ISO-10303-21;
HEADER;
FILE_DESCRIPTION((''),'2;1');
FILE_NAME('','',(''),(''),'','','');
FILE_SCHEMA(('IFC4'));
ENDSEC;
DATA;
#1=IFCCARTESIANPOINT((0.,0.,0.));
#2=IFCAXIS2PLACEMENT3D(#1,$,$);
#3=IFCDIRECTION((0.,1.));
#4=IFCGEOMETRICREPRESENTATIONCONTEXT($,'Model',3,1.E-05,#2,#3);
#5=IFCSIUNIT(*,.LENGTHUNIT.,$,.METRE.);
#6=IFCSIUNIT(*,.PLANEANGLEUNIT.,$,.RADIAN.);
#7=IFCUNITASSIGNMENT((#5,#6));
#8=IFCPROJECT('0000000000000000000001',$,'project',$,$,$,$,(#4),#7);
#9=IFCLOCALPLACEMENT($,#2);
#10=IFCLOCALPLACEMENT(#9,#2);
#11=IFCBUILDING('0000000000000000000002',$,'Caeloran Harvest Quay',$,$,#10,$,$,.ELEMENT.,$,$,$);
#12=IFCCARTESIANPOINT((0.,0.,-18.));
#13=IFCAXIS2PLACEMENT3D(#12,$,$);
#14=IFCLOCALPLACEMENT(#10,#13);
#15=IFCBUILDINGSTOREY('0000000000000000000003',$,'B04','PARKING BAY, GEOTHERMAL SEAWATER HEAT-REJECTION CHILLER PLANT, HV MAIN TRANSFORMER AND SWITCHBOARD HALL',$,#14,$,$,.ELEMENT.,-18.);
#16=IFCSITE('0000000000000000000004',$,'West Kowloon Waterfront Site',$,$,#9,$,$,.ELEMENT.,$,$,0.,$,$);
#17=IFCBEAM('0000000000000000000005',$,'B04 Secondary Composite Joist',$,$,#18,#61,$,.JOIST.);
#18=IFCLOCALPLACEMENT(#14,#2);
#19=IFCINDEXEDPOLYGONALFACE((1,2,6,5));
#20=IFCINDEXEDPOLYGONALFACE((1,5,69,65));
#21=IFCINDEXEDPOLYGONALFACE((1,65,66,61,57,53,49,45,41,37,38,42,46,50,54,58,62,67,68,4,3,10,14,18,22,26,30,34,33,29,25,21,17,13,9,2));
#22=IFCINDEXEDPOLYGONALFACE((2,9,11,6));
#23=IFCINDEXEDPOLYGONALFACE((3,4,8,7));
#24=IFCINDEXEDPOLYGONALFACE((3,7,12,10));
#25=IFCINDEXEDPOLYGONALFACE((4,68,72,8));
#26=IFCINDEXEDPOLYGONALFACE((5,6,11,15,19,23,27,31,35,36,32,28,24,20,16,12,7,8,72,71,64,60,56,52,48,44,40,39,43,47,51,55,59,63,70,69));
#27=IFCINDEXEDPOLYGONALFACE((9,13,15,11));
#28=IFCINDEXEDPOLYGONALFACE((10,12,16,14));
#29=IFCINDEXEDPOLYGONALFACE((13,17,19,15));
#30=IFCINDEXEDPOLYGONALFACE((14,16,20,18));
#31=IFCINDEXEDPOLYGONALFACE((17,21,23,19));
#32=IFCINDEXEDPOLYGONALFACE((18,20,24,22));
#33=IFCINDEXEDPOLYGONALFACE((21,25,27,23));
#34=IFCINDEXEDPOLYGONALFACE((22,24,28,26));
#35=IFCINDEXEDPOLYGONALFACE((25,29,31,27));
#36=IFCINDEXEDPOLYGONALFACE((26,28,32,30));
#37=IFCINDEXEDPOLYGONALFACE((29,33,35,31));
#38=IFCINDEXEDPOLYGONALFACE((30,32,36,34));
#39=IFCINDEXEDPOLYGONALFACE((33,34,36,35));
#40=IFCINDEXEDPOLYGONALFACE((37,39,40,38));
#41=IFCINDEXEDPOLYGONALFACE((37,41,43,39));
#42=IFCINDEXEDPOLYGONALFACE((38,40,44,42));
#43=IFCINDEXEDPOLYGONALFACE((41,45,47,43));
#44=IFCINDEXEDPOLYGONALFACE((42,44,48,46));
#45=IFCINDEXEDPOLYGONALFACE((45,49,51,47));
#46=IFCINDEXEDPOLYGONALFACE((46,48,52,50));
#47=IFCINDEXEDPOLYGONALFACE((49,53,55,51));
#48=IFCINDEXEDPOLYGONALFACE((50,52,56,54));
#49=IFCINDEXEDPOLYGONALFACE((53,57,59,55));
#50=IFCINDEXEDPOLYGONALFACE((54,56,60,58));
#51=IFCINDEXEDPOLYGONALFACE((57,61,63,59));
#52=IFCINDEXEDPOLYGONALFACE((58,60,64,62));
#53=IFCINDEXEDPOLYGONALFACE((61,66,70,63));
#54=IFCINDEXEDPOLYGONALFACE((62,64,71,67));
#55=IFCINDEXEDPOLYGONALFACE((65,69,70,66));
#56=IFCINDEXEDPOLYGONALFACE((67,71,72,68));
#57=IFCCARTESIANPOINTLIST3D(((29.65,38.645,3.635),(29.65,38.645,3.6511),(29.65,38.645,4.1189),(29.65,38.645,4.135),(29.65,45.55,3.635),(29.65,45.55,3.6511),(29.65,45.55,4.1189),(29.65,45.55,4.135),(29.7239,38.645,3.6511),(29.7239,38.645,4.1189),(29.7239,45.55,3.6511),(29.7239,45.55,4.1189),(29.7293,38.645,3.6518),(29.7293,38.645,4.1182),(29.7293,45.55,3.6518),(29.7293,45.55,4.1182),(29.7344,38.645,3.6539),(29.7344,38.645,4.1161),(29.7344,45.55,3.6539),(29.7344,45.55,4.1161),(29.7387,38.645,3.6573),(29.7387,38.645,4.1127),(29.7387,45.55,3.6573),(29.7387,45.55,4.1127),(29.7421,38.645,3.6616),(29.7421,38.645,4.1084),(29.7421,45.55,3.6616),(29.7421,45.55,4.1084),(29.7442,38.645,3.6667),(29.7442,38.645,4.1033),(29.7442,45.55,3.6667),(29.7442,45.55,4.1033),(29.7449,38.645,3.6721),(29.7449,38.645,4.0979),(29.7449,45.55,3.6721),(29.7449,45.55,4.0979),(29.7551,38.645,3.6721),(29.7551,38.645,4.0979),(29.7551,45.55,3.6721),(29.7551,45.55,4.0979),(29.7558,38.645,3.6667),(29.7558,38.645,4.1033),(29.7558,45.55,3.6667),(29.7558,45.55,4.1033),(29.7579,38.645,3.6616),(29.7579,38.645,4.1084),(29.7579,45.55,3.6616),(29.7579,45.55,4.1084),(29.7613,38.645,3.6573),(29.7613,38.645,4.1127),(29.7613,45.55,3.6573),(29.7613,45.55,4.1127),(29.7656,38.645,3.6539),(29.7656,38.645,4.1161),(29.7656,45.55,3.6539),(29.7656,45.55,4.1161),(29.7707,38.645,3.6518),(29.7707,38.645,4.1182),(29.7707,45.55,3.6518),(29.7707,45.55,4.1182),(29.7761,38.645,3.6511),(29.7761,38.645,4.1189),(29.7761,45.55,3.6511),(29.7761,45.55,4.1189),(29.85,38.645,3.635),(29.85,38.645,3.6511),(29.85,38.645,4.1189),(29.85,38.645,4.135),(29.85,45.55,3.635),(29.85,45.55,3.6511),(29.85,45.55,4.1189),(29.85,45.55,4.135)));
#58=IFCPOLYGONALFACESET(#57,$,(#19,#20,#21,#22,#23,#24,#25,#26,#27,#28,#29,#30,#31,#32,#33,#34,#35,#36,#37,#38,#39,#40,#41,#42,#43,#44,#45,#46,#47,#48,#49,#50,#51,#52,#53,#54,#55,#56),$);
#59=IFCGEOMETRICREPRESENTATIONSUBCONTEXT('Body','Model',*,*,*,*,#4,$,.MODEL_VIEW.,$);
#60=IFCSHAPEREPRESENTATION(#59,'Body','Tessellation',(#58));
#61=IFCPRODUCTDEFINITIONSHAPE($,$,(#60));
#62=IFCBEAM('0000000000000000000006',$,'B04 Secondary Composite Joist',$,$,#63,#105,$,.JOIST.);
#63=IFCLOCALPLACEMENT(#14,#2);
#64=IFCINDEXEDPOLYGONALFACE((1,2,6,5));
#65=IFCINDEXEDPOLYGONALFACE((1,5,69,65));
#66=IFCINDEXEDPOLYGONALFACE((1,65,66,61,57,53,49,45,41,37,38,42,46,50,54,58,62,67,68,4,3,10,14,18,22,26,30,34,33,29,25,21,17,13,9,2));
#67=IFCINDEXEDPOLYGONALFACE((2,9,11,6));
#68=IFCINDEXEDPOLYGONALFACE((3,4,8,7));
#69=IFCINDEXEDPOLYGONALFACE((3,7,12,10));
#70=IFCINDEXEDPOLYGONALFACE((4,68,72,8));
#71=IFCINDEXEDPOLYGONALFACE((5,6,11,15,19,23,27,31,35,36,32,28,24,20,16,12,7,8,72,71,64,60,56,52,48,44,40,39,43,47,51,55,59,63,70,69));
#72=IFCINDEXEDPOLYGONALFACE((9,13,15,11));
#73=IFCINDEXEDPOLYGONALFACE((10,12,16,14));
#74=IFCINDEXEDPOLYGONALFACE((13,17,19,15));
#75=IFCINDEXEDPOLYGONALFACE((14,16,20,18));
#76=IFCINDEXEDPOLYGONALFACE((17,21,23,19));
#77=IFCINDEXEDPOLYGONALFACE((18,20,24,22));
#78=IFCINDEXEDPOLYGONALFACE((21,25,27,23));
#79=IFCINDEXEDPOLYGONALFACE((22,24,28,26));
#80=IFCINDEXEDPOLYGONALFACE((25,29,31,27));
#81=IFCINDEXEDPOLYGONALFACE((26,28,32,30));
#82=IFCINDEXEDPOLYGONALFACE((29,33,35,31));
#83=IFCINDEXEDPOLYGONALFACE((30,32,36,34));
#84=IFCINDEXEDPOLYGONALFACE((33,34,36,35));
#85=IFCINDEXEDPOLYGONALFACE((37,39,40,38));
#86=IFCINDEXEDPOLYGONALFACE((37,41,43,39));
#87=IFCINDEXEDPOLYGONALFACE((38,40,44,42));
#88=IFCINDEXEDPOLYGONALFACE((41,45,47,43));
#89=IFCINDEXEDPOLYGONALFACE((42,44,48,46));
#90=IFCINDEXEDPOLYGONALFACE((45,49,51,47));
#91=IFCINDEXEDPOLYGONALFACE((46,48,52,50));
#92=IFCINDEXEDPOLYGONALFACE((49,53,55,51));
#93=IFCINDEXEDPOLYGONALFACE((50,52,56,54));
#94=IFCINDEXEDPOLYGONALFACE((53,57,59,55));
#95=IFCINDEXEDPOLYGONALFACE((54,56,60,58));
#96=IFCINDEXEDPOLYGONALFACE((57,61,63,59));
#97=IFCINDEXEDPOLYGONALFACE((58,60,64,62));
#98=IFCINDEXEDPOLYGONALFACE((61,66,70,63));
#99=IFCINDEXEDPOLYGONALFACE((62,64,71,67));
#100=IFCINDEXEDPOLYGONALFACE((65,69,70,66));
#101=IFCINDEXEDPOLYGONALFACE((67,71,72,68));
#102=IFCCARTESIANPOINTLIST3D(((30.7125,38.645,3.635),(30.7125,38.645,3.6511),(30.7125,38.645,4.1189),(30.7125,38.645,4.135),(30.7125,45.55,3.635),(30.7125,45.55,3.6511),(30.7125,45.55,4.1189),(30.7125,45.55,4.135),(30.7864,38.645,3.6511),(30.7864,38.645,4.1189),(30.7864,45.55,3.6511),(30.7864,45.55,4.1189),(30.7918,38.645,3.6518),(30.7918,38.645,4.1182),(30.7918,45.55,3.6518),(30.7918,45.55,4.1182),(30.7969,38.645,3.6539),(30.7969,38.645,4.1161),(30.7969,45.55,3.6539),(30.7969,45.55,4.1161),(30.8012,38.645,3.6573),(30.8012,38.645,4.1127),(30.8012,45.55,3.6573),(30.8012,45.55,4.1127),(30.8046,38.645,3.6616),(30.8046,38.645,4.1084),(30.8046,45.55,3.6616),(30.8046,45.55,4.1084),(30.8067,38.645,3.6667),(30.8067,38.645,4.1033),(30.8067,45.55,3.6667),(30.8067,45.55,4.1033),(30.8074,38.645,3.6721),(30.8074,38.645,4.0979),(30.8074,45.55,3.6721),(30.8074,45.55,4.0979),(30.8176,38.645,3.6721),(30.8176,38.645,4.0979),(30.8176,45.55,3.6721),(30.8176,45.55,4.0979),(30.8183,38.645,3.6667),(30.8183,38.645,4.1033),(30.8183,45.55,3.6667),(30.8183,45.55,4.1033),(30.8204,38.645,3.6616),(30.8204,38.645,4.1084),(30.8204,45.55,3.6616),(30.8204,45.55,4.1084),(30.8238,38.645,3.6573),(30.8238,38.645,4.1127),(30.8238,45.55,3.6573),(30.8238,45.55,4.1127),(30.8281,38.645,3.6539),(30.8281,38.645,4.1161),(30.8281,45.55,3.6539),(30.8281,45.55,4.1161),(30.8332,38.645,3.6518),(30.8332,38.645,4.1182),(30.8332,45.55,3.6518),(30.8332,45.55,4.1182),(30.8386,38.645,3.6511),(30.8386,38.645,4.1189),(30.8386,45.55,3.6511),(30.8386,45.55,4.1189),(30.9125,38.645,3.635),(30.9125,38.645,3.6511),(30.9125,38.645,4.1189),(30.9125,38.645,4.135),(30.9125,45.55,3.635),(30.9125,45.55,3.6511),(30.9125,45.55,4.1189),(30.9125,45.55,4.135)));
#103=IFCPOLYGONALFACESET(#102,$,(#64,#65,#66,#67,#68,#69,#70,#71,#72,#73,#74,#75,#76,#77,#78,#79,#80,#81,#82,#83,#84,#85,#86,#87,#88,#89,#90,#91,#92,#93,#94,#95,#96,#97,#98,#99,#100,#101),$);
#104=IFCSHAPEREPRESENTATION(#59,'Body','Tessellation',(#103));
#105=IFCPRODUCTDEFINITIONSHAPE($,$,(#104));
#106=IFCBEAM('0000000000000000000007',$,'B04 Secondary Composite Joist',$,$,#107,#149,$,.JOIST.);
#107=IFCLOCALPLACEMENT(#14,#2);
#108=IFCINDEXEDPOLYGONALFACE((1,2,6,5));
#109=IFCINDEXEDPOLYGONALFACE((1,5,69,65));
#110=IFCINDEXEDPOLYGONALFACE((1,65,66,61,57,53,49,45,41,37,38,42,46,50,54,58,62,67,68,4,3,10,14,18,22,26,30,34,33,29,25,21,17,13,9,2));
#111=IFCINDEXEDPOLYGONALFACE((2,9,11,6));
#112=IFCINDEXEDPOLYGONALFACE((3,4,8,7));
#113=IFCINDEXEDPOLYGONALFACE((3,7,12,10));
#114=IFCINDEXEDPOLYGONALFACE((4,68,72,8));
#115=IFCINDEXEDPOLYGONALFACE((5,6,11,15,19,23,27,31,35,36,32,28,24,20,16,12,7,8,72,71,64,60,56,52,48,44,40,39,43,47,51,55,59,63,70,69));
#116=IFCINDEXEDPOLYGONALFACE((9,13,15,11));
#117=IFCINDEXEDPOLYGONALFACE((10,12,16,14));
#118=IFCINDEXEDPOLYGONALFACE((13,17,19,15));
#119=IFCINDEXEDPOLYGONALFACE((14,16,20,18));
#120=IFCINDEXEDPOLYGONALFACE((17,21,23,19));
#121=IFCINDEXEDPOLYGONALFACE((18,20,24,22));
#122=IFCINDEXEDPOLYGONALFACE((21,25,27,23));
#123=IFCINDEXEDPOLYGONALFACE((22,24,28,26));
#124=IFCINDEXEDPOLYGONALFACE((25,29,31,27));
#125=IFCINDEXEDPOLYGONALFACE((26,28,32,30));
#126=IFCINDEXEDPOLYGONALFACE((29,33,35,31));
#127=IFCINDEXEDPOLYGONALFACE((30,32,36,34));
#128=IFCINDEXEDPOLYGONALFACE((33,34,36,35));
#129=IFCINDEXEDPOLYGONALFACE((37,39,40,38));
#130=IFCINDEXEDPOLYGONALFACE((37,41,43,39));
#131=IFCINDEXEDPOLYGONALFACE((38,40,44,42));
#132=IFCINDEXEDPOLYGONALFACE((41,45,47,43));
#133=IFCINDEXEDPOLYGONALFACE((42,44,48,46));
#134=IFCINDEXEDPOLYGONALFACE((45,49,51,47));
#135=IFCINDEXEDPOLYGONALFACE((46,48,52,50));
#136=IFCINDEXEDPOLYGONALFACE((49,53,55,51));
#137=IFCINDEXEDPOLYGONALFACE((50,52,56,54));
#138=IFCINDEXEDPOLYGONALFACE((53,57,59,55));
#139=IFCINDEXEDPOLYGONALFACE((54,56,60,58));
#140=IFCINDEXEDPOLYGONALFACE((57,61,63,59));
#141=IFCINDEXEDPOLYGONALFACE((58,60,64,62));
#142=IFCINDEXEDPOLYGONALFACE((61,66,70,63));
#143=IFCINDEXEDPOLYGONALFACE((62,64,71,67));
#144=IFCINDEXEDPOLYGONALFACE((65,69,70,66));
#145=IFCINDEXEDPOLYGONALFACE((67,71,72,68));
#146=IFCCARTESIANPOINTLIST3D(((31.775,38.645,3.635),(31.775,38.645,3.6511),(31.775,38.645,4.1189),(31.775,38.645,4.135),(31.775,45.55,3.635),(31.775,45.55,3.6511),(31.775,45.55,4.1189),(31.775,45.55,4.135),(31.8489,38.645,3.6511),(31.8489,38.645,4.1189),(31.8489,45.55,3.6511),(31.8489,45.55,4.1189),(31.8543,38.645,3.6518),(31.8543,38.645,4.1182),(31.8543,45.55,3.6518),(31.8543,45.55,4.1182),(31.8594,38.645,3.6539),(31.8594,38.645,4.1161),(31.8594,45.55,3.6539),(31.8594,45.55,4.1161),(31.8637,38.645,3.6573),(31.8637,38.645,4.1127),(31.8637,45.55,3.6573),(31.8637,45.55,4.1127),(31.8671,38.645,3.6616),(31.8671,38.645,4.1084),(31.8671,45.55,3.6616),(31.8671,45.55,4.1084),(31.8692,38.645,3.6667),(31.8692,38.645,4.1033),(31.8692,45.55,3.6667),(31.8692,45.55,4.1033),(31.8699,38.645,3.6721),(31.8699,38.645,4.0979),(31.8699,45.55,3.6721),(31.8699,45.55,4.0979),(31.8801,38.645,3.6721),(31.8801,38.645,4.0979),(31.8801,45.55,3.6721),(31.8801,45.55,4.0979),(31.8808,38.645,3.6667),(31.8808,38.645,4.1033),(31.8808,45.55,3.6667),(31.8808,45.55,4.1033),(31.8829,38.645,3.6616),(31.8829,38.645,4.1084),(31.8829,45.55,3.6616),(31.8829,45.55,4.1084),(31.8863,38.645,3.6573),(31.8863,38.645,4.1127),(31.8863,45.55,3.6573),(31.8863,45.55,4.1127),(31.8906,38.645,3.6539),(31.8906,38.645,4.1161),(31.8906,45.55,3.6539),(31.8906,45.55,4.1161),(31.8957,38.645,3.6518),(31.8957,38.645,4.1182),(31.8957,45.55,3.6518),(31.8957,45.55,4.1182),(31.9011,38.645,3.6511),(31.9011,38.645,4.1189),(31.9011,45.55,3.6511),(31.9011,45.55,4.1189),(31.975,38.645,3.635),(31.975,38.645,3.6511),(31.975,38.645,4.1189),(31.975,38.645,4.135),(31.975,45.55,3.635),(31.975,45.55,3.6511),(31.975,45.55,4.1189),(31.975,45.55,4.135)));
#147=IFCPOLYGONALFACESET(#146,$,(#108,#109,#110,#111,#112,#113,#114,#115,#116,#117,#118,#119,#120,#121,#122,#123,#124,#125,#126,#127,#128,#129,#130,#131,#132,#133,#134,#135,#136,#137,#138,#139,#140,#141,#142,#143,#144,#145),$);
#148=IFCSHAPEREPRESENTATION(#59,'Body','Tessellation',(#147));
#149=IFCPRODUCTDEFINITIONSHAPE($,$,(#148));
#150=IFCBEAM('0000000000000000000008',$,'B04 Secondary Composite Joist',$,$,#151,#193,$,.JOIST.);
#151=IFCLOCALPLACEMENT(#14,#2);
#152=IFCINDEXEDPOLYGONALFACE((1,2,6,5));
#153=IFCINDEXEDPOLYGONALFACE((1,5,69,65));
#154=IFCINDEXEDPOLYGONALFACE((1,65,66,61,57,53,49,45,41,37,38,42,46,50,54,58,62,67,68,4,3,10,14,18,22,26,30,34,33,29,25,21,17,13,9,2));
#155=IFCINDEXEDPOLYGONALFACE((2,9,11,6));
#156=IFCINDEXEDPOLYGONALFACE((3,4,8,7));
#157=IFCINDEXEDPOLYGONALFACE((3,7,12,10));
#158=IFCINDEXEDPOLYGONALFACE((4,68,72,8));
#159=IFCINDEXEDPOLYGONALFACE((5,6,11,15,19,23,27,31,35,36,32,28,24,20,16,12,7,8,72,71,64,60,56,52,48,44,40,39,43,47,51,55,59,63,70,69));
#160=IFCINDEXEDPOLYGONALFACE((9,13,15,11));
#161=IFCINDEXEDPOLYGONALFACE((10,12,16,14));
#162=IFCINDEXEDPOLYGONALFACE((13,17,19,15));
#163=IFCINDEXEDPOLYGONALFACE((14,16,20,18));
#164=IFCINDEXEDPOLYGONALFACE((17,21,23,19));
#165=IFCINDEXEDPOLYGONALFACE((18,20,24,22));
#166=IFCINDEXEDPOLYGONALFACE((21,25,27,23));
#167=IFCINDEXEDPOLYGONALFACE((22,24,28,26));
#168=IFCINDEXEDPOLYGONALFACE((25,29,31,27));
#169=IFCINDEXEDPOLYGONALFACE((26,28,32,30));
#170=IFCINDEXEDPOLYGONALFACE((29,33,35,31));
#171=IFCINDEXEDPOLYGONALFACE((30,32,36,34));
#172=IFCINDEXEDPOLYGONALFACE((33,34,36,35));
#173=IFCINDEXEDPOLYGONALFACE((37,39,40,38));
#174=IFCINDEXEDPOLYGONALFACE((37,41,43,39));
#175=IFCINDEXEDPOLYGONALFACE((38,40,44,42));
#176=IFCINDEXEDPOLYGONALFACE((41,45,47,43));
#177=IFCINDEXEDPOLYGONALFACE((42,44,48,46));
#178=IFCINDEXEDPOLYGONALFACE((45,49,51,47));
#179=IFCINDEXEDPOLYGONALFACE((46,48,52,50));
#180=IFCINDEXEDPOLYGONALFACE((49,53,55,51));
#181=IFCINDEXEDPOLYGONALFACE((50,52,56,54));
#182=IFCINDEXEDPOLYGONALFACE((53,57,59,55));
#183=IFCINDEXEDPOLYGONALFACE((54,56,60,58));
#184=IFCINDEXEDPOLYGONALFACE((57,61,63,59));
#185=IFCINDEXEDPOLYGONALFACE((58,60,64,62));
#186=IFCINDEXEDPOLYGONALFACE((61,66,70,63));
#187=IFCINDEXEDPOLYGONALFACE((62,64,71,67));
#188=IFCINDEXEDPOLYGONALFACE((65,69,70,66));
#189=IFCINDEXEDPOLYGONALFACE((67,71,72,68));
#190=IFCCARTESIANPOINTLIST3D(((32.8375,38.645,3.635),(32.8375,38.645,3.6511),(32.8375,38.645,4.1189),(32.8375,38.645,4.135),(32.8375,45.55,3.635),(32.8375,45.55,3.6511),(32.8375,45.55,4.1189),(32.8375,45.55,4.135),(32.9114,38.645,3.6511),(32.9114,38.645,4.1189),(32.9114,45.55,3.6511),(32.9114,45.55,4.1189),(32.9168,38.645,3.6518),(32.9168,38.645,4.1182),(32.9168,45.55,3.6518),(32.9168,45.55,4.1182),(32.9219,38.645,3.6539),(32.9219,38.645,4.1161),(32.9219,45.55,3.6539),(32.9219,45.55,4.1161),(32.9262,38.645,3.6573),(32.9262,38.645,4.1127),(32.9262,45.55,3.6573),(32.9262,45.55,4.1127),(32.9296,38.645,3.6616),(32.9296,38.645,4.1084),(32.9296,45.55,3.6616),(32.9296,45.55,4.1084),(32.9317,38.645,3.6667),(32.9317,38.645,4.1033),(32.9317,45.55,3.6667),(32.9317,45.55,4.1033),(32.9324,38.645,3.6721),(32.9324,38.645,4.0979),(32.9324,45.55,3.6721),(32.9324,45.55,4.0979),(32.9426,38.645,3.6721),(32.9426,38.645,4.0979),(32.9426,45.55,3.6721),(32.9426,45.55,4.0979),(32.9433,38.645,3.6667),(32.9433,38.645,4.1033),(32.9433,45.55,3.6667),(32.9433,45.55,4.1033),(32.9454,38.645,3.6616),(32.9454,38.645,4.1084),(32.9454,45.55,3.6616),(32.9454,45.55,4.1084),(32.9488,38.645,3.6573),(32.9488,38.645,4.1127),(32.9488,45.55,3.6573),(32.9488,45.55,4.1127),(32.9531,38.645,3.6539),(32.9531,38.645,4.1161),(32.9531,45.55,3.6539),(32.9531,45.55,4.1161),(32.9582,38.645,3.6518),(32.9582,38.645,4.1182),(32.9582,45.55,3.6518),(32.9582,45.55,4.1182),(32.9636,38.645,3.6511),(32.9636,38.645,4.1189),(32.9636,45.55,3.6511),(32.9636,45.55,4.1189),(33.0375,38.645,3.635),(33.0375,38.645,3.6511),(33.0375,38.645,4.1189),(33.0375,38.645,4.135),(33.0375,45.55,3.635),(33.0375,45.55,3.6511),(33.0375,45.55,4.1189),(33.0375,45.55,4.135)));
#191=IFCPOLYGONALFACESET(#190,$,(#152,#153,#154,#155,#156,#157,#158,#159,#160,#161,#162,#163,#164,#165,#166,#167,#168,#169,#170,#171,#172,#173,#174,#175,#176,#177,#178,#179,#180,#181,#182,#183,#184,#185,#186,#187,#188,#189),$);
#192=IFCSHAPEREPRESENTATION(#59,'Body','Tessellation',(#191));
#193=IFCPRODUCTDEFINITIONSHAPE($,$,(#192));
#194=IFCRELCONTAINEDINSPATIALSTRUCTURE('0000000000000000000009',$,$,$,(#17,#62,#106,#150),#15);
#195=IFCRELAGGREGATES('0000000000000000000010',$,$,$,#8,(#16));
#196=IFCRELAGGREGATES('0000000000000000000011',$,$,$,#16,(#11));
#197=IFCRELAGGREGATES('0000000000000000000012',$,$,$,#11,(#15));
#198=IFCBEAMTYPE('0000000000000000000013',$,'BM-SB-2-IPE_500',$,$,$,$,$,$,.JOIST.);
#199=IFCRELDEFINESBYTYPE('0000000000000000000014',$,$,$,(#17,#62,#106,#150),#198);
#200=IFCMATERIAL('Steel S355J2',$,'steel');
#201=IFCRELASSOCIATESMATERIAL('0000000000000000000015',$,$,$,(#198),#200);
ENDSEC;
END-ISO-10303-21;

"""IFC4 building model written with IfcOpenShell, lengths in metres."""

from ifc_helpers import new_model, si_unit, direction, frame, origin, origin_2d, place, context, subcontext, project, spatial, i_section, extrude, material, material_profile, profile_set, type_object, element, save


model = new_model("IFC4")

# Units and contexts
model_context = context("Model", 3, precision=1e-05, world=origin(), true_north=direction((0.0, 1.0)))
body_context = subcontext(model_context, "Body", "Model", "MODEL_VIEW")
ifc_project = project(units=[si_unit("LENGTHUNIT", "METRE"), si_unit("PLANEANGLEUNIT", "RADIAN")], contexts=[model_context])

# Site, building, storey
site_placement = place(None, origin())
site = spatial("IfcSite", under=ifc_project, at=site_placement, Name="West Kowloon Waterfront Site", CompositionType="ELEMENT", RefElevation=0.0)
building_placement = place(site_placement, origin())
building = spatial("IfcBuilding", under=site, at=building_placement, Name="Caeloran Harvest Quay", CompositionType="ELEMENT")
storey_placement = place(building_placement, frame((0.0, 0.0, -18.0)))
storey = spatial("IfcBuildingStorey", under=building, at=storey_placement, Name="B04", Description="PARKING BAY, GEOTHERMAL SEAWATER HEAT-REJECTION CHILLER PLANT, HV MAIN TRANSFORMER AND SWITCHBOARD HALL", CompositionType="ELEMENT", Elevation=-18.0)

# Beams
ifc_material_1 = material(Name="Steel S355J2", Category="steel")
ifc_material_profile_1 = material_profile(ifc_material_1, i_section(OverallWidth=0.2, OverallDepth=0.5, WebThickness=0.0103, FlangeThickness=0.0161, FilletRadius=0.021, at=origin_2d()), Name="IPE 500")
ifc_profile_set_1 = profile_set([ifc_material_profile_1], Name="Steel S355J2")
beam_type_1 = type_object("IfcBeamType", Name="BM-SB-2-IPE_500", PredefinedType="JOIST", material=ifc_profile_set_1)
for number, where, z_axis, x_axis, name in (
    (1, (29.75, 38.645, 3.885), (0.0, 1.0, 0.0), (-1.0, 0.0, 0.0), "B04 Secondary Composite Joist"),
    (2, (30.8125, 38.645, 3.885), (0.0, 1.0, 0.0), (-1.0, 0.0, 0.0), "B04 Secondary Composite Joist"),
    (3, (31.875, 38.645, 3.885), (0.0, 1.0, 0.0), (-1.0, 0.0, 0.0), "B04 Secondary Composite Joist"),
    (4, (32.9375, 38.645, 3.885), (0.0, 1.0, 0.0), (-1.0, 0.0, 0.0), "B04 Secondary Composite Joist"),
):
    element("IfcBeam", number, at=place(storey_placement, frame(where, z_axis=z_axis, x_axis=x_axis)), inside=storey, type_object=beam_type_1, Name=name, PredefinedType="JOIST", context=body_context, shape_type="SweptSolid", body=[
        extrude(i_section(OverallWidth=0.2, OverallDepth=0.5, WebThickness=0.0103, FlangeThickness=0.0161, FilletRadius=0.021, at=origin_2d()), origin(), (0.0, 0.0, 1.0), 6.905),
    ])

save(model, "model.ifc")
